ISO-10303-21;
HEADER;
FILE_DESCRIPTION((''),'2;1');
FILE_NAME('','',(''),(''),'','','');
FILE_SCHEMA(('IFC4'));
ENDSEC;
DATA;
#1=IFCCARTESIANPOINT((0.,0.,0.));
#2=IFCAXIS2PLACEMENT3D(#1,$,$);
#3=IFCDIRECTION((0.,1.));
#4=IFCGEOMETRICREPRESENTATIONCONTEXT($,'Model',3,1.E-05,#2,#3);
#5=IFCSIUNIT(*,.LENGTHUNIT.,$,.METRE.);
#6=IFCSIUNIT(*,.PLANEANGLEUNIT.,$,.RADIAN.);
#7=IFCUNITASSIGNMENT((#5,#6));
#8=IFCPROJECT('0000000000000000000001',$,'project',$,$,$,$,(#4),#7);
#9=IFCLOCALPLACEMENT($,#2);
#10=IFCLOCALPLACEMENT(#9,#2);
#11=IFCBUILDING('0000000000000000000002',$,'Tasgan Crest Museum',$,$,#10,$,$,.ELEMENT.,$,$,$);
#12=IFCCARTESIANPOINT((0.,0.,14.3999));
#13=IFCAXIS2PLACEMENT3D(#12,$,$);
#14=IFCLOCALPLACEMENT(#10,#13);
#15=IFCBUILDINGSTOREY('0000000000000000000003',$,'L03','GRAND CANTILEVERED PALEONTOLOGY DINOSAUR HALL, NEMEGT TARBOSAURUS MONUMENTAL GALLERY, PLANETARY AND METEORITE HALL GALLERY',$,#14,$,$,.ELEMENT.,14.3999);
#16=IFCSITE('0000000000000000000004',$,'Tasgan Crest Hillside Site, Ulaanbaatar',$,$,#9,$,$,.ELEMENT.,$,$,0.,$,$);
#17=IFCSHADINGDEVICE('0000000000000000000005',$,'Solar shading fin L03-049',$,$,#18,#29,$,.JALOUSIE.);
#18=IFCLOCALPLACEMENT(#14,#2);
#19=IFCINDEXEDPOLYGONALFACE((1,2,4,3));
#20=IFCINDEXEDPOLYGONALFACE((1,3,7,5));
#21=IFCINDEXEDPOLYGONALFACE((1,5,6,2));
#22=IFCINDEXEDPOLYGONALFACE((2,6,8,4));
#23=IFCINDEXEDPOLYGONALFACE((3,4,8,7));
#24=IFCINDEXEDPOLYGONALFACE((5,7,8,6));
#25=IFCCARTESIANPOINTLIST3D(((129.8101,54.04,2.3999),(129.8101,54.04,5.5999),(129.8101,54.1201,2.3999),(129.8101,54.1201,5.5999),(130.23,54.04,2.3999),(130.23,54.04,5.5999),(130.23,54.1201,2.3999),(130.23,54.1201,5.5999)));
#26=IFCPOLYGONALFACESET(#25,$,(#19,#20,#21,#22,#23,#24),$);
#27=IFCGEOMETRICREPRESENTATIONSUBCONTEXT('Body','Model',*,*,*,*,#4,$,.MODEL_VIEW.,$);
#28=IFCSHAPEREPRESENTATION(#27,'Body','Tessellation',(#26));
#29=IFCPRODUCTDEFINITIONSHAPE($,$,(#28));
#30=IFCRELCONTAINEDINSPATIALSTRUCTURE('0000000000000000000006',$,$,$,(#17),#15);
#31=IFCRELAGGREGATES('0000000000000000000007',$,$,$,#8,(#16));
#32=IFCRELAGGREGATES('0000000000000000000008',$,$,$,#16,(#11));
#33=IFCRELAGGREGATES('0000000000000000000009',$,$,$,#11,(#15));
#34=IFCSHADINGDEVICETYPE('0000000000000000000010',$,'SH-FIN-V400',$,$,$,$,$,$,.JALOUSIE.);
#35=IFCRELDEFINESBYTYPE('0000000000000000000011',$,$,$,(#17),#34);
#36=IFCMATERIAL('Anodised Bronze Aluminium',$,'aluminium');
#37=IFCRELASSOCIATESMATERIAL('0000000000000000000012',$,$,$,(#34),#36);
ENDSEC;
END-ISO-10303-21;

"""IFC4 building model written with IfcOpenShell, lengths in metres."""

from ifc_helpers import new_model, si_unit, direction, frame, origin, origin_2d, place, context, subcontext, project, spatial, rectangle, extrude, material, type_object, element, save


model = new_model("IFC4")

# Units and contexts
model_context = context("Model", 3, precision=1e-05, world=origin(), true_north=direction((0.0, 1.0)))
body_context = subcontext(model_context, "Body", "Model", "MODEL_VIEW")
ifc_project = project(units=[si_unit("LENGTHUNIT", "METRE"), si_unit("PLANEANGLEUNIT", "RADIAN")], contexts=[model_context])

# Site, building, storey
site_placement = place(None, origin())
site = spatial("IfcSite", under=ifc_project, at=site_placement, Name="Tasgan Crest Hillside Site, Ulaanbaatar", CompositionType="ELEMENT", RefElevation=0.0)
building_placement = place(site_placement, origin())
building = spatial("IfcBuilding", under=site, at=building_placement, Name="Tasgan Crest Museum", CompositionType="ELEMENT")
storey_placement = place(building_placement, frame((0.0, 0.0, 14.3999)))
storey = spatial("IfcBuildingStorey", under=building, at=storey_placement, Name="L03", Description="GRAND CANTILEVERED PALEONTOLOGY DINOSAUR HALL, NEMEGT TARBOSAURUS MONUMENTAL GALLERY, PLANETARY AND METEORITE HALL GALLERY", CompositionType="ELEMENT", Elevation=14.3999)

# Shading device
ifc_material_1 = material(Name="Anodised Bronze Aluminium", Category="aluminium")
shading_device_type = type_object("IfcShadingDeviceType", Name="SH-FIN-V400", PredefinedType="JALOUSIE", material=ifc_material_1)
for number, where, z_axis, x_axis, name in (
    (1, (130.02, 54.0801, 2.3999), (0.0, 0.0, 1.0), (0.0, 1.0, 0.0), "Solar shading fin L03-049"),
):
    element("IfcShadingDevice", number, at=place(storey_placement, frame(where, z_axis=z_axis, x_axis=x_axis)), inside=storey, type_object=shading_device_type, Name=name, PredefinedType="JALOUSIE", context=body_context, shape_type="SweptSolid", body=[
        extrude(rectangle(XDim=0.0801, YDim=0.4199, at=origin_2d()), origin(), (0.0, 0.0, 1.0), 3.2),
    ])

save(model, "model.ifc")
